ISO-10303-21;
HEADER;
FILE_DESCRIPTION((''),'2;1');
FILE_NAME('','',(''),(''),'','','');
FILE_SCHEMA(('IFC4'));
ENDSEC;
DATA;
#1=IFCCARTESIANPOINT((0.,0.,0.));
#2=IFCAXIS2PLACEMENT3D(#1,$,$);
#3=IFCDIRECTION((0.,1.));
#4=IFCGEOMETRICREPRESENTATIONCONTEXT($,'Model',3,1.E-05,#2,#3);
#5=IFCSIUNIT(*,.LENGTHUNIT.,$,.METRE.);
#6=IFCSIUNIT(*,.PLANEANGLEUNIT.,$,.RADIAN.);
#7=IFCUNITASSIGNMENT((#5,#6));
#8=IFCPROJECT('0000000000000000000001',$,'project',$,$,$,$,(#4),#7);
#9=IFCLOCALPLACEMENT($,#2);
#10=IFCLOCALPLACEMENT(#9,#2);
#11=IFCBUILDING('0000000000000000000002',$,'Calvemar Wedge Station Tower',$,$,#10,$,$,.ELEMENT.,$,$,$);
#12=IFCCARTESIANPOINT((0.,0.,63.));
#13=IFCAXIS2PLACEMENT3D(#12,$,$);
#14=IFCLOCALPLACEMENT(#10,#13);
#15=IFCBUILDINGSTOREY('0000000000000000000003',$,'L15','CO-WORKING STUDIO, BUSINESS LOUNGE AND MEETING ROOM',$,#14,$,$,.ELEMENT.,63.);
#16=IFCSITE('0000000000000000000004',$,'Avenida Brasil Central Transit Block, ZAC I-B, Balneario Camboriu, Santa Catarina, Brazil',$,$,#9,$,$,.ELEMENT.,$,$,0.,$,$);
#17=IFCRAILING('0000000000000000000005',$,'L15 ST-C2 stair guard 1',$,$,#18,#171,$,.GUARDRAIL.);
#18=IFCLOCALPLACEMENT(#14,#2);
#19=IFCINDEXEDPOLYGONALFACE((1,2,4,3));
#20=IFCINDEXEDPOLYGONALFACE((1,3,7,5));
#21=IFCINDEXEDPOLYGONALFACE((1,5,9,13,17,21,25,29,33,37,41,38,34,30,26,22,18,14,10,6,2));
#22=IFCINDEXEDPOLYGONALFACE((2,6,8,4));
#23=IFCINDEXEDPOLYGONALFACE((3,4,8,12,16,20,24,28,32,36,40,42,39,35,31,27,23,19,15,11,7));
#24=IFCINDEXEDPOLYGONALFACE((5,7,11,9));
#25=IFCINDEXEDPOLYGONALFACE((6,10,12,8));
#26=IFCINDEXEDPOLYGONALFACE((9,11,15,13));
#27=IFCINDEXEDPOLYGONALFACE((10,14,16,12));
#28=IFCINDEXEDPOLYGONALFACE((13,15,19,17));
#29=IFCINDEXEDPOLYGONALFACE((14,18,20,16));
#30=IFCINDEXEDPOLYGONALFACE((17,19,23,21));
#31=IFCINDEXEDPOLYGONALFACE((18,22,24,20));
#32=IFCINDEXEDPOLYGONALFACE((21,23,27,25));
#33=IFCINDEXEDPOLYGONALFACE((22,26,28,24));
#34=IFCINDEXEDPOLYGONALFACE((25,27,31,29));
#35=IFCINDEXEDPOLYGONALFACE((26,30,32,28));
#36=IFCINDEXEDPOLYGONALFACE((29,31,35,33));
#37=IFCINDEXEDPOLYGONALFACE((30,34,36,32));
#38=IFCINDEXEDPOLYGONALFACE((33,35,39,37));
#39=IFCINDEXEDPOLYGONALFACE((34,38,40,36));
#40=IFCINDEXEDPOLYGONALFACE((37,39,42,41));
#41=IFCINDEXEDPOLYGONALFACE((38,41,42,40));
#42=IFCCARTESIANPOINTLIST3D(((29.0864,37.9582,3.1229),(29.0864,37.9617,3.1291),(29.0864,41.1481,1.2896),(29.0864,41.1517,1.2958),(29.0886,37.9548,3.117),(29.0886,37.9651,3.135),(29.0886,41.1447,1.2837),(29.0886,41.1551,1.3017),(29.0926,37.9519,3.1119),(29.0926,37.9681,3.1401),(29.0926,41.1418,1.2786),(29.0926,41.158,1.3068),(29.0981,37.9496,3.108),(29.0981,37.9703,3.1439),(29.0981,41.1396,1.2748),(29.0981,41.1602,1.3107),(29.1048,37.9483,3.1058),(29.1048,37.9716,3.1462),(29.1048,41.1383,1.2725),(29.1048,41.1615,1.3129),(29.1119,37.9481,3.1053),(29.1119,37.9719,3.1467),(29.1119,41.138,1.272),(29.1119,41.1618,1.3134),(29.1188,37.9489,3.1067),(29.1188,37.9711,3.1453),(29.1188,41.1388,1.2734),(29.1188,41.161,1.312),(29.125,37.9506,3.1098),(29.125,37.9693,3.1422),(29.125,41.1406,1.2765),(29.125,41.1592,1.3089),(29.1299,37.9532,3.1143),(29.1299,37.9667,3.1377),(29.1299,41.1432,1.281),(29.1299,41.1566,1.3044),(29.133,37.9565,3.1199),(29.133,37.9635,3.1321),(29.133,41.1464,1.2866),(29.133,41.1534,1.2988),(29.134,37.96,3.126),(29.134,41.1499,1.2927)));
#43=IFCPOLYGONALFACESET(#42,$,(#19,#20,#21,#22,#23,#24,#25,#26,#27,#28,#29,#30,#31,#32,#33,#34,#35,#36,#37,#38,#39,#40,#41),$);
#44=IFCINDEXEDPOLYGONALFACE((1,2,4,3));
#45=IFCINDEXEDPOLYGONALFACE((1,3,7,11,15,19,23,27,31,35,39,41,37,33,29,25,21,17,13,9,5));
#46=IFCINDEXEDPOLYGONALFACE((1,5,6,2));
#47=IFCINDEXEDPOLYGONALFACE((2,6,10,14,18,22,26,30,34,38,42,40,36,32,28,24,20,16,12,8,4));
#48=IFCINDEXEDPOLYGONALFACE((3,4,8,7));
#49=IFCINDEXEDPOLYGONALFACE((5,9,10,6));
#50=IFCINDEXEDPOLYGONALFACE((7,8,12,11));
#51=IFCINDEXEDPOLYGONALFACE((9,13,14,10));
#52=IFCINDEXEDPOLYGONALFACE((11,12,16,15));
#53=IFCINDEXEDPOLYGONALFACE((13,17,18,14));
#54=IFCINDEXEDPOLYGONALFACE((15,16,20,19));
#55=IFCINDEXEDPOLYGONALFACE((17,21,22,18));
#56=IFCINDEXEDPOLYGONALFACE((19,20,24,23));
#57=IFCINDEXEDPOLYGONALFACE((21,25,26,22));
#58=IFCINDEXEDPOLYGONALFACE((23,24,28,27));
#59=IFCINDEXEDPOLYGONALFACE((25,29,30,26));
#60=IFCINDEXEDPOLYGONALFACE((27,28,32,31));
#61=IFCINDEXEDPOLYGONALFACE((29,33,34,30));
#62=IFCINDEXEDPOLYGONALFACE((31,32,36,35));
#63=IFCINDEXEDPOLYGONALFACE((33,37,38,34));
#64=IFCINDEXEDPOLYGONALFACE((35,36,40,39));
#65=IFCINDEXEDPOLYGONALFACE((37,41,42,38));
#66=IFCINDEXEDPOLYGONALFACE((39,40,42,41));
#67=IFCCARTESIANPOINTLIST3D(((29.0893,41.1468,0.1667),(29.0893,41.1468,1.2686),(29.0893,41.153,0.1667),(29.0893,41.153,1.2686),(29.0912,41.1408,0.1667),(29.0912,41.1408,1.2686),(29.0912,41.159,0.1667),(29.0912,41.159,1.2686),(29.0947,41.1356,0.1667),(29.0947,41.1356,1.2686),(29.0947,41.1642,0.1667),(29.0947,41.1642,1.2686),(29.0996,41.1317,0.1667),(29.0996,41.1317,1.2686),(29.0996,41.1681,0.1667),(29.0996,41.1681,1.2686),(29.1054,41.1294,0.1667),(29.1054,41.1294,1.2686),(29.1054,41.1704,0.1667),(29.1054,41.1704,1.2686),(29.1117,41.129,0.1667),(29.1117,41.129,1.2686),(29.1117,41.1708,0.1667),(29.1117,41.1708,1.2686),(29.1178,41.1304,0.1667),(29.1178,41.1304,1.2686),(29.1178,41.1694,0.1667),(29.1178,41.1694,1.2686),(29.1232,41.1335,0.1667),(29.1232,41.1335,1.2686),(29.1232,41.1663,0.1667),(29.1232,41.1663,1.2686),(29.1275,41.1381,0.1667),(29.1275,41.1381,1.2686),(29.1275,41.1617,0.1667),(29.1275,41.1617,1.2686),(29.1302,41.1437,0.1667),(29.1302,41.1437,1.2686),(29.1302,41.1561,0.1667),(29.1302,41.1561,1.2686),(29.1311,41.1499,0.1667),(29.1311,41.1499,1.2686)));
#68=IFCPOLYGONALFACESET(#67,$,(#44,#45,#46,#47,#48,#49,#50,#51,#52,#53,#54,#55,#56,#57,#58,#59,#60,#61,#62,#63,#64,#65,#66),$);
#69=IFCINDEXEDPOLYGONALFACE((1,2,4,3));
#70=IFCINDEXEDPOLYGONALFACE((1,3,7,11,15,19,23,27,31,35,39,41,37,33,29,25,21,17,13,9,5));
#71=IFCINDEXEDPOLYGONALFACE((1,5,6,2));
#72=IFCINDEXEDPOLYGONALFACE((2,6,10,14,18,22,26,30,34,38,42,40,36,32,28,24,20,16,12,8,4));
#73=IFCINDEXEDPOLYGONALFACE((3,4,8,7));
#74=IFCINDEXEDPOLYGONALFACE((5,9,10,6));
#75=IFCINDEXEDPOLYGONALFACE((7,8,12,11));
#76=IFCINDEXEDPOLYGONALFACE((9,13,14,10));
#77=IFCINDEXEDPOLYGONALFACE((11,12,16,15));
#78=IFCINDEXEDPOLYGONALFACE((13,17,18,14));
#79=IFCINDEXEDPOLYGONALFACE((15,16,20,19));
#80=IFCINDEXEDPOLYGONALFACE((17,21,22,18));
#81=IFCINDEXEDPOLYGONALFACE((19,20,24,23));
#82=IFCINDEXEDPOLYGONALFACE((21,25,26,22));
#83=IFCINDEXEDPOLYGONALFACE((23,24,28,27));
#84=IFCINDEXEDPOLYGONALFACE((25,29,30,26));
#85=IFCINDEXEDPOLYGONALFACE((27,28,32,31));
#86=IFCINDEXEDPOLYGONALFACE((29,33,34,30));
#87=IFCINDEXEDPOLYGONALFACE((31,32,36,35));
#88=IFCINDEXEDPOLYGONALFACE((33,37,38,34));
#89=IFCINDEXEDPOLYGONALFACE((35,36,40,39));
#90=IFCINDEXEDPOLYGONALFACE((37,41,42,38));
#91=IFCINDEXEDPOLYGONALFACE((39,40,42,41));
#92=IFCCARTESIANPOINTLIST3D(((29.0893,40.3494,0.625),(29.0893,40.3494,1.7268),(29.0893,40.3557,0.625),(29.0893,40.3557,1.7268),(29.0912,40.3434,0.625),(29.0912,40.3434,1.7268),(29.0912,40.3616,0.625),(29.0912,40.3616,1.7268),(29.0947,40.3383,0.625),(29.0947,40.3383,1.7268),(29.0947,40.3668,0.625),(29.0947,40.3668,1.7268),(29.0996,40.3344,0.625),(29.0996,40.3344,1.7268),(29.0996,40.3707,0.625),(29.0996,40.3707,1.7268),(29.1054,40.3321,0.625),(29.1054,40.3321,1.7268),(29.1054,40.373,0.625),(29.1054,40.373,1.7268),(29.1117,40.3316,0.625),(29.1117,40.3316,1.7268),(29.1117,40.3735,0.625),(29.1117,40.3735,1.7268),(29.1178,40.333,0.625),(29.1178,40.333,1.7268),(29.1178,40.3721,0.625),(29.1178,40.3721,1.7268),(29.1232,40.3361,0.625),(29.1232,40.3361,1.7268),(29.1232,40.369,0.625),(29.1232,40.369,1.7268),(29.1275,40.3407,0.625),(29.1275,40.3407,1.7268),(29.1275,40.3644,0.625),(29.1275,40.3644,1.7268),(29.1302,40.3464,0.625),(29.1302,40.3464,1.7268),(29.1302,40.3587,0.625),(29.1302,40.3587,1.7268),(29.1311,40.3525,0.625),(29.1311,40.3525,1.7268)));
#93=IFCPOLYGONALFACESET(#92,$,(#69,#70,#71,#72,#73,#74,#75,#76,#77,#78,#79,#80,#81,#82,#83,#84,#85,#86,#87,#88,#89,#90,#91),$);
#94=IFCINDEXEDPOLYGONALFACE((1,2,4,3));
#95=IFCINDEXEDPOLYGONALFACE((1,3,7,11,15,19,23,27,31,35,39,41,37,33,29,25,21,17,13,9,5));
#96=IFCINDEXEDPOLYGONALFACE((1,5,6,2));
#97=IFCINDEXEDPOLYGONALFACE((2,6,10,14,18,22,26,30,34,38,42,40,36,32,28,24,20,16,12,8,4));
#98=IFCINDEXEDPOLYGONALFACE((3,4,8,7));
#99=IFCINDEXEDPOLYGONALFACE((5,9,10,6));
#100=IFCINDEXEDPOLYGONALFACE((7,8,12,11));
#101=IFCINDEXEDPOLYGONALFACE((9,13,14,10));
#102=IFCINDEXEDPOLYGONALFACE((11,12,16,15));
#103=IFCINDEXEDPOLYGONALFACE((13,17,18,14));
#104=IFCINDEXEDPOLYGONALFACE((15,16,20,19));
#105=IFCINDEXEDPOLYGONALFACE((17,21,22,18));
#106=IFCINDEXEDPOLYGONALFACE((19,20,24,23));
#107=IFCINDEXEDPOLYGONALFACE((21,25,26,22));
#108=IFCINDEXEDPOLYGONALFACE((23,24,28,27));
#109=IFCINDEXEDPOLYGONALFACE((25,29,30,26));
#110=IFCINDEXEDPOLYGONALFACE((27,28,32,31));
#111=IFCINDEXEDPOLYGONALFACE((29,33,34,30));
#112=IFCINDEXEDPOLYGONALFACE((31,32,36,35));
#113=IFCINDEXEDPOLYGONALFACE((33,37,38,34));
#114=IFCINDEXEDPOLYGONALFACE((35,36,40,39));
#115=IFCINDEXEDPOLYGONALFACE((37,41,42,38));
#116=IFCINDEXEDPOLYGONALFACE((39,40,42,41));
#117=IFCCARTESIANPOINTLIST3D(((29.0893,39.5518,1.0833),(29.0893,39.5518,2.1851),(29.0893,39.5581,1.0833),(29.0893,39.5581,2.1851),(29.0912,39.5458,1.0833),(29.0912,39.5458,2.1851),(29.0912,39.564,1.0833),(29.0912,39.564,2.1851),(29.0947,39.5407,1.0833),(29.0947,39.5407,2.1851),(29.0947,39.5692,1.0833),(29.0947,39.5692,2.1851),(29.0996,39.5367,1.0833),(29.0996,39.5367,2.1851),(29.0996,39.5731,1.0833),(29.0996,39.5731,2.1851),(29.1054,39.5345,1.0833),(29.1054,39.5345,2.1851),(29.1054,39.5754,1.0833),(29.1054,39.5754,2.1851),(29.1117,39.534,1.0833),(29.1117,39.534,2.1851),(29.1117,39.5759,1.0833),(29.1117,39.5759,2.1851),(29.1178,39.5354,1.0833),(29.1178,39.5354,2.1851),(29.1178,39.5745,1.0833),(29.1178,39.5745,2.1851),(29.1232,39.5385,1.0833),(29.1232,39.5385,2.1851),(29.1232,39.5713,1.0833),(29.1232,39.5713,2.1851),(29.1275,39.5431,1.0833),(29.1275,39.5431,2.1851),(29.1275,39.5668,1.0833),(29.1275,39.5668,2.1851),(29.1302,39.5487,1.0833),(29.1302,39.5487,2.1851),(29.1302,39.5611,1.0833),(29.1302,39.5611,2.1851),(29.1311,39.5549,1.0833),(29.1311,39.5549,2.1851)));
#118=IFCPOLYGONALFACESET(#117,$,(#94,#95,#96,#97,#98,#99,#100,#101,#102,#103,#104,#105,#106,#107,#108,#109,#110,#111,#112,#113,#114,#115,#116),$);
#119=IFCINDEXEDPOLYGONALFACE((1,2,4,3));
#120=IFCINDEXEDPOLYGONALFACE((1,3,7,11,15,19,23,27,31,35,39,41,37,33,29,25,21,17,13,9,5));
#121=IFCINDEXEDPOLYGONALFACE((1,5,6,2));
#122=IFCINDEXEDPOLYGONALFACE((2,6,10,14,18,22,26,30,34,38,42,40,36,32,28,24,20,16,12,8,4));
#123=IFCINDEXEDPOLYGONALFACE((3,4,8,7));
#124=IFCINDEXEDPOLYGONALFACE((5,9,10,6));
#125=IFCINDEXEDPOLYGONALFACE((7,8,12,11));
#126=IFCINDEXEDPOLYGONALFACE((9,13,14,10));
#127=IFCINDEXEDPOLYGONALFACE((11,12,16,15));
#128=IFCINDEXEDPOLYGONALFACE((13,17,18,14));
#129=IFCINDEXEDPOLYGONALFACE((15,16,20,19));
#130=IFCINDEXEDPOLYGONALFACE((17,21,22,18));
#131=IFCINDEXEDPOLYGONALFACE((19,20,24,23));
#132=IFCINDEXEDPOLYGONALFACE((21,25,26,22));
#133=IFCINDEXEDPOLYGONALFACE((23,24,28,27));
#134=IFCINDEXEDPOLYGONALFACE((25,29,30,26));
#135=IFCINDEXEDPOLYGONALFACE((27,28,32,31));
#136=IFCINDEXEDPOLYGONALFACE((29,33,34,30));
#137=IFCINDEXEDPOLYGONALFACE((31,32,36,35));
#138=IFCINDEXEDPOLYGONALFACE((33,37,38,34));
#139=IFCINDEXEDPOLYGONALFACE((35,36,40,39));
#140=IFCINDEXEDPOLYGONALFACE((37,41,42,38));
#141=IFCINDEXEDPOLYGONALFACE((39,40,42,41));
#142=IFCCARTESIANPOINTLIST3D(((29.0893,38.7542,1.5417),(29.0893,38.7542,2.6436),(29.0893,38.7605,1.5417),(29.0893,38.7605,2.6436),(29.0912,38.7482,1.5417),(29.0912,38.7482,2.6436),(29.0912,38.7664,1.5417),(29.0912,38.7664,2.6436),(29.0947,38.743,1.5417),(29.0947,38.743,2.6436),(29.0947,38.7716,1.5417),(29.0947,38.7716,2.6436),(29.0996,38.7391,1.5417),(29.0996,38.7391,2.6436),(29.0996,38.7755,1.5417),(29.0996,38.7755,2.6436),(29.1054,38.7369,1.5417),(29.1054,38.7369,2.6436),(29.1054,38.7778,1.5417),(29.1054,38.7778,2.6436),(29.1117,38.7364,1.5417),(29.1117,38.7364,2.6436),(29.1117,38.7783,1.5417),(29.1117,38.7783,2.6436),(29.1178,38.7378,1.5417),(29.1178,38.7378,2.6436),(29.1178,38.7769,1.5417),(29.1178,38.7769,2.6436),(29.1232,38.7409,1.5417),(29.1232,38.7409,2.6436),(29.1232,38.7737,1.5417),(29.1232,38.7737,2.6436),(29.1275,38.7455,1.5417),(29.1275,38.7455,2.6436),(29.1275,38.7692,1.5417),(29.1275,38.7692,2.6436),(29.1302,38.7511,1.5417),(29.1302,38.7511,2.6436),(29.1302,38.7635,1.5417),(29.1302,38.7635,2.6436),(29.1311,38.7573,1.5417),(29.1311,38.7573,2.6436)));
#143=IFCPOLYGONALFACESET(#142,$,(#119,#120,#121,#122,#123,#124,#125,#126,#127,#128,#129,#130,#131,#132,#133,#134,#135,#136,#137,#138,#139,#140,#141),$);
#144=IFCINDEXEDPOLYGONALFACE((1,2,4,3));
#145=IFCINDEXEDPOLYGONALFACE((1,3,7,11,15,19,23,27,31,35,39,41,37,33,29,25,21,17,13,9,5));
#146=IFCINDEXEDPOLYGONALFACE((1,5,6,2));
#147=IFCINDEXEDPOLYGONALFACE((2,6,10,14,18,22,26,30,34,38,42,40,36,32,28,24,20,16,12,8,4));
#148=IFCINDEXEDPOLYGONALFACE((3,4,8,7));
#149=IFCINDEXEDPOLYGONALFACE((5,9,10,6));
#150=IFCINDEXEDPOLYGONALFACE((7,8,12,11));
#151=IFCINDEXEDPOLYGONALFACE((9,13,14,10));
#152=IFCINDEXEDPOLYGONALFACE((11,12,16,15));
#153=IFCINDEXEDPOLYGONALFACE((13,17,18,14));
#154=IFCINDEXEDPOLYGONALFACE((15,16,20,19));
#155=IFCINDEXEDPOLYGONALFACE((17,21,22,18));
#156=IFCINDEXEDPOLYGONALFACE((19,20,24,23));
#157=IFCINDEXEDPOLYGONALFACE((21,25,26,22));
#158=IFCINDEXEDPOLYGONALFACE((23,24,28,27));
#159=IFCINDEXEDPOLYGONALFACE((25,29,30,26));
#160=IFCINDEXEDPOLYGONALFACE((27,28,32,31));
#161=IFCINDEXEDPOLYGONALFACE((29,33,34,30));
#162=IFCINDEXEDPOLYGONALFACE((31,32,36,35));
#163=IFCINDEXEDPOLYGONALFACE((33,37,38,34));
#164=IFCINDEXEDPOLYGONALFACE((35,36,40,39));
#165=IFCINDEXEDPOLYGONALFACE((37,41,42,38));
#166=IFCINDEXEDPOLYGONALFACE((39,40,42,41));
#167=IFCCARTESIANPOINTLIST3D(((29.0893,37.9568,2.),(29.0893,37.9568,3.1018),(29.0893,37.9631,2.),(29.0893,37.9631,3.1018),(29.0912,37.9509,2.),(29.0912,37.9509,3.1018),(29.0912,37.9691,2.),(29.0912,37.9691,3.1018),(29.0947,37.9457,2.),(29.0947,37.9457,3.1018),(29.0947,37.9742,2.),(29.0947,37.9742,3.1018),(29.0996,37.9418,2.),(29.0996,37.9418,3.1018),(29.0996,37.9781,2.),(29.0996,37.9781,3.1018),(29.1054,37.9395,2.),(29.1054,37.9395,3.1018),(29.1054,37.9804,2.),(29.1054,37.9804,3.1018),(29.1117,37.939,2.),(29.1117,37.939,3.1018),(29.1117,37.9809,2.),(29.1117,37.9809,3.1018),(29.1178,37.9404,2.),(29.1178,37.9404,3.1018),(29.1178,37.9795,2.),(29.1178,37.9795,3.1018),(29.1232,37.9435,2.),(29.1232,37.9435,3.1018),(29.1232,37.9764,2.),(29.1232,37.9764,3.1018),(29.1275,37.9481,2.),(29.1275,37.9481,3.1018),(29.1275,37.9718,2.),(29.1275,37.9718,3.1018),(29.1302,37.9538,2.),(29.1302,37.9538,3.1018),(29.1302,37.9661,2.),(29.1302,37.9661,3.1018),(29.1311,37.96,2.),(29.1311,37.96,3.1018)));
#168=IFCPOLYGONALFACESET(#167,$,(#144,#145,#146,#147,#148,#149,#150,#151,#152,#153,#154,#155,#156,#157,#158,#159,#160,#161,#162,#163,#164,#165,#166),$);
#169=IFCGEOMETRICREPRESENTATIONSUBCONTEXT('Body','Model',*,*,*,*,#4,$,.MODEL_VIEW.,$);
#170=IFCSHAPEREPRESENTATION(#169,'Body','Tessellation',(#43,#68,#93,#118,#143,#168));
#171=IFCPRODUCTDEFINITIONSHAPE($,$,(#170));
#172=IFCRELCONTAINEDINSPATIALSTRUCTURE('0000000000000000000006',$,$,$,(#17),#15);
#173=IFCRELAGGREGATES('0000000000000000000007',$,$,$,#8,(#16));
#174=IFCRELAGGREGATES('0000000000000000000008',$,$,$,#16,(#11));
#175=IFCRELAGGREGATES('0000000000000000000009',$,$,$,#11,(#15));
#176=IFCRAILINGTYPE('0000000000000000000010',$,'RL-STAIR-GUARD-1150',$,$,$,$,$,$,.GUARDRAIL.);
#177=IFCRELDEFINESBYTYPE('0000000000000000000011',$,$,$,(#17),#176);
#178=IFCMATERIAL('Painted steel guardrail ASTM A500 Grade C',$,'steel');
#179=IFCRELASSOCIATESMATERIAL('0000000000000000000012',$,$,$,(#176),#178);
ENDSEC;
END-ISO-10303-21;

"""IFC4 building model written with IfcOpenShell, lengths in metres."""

from ifc_helpers import new_model, si_unit, direction, frame, origin, origin_2d, place, context, subcontext, project, spatial, circle, extrude, material, type_object, element, save


model = new_model("IFC4")

# Units and contexts
model_context = context("Model", 3, precision=1e-05, world=origin(), true_north=direction((0.0, 1.0)))
body_context = subcontext(model_context, "Body", "Model", "MODEL_VIEW")
ifc_project = project(units=[si_unit("LENGTHUNIT", "METRE"), si_unit("PLANEANGLEUNIT", "RADIAN")], contexts=[model_context])

# Site, building, storey
site_placement = place(None, origin())
site = spatial("IfcSite", under=ifc_project, at=site_placement, Name="Avenida Brasil Central Transit Block, ZAC I-B, Balneario Camboriu, Santa Catarina, Brazil", CompositionType="ELEMENT", RefElevation=0.0)
building_placement = place(site_placement, origin())
building = spatial("IfcBuilding", under=site, at=building_placement, Name="Calvemar Wedge Station Tower", CompositionType="ELEMENT")
storey_placement = place(building_placement, frame((0.0, 0.0, 63.0)))
storey = spatial("IfcBuildingStorey", under=building, at=storey_placement, Name="L15", Description="CO-WORKING STUDIO, BUSINESS LOUNGE AND MEETING ROOM", CompositionType="ELEMENT", Elevation=63.0)

# Railing
ifc_material_1 = material(Name="Painted steel guardrail ASTM A500 Grade C", Category="steel")
railing_type_1 = type_object("IfcRailingType", Name="RL-STAIR-GUARD-1150", PredefinedType="GUARDRAIL", material=ifc_material_1)
railing_1_placement = place(storey_placement, frame((29.1101, 41.1499, 0.1667)))
element("IfcRailing", 1, at=railing_1_placement, inside=storey, type_object=railing_type_1, Name="L15 ST-C2 stair guard 1", PredefinedType="GUARDRAIL", context=body_context, shape_type="SweptSolid", body=[
    extrude(circle(Radius=0.0239, at=origin_2d()), frame((0.0, 0.0, 1.126), z_axis=(0.0, -0.86702, 0.498274), x_axis=(1.0, 0.0, 0.0)), (0.0, 0.0, 1.0), 3.6792),
    extrude(circle(Radius=0.021, at=origin_2d()), origin(), (0.0, 0.0, 1.0), 1.1018),
    extrude(circle(Radius=0.021, at=origin_2d()), frame((0.0, -0.7974, 0.4583)), (0.0, 0.0, 1.0), 1.1018),
    extrude(circle(Radius=0.021, at=origin_2d()), frame((0.0, -1.595, 0.9165)), (0.0, 0.0, 1.0), 1.1018),
    extrude(circle(Radius=0.021, at=origin_2d()), frame((0.0, -2.3926, 1.375)), (0.0, 0.0, 1.0), 1.1018),
    extrude(circle(Radius=0.021, at=origin_2d()), frame((0.0, -3.1899, 1.8333)), (0.0, 0.0, 1.0), 1.1018),
])

save(model, "model.ifc")
